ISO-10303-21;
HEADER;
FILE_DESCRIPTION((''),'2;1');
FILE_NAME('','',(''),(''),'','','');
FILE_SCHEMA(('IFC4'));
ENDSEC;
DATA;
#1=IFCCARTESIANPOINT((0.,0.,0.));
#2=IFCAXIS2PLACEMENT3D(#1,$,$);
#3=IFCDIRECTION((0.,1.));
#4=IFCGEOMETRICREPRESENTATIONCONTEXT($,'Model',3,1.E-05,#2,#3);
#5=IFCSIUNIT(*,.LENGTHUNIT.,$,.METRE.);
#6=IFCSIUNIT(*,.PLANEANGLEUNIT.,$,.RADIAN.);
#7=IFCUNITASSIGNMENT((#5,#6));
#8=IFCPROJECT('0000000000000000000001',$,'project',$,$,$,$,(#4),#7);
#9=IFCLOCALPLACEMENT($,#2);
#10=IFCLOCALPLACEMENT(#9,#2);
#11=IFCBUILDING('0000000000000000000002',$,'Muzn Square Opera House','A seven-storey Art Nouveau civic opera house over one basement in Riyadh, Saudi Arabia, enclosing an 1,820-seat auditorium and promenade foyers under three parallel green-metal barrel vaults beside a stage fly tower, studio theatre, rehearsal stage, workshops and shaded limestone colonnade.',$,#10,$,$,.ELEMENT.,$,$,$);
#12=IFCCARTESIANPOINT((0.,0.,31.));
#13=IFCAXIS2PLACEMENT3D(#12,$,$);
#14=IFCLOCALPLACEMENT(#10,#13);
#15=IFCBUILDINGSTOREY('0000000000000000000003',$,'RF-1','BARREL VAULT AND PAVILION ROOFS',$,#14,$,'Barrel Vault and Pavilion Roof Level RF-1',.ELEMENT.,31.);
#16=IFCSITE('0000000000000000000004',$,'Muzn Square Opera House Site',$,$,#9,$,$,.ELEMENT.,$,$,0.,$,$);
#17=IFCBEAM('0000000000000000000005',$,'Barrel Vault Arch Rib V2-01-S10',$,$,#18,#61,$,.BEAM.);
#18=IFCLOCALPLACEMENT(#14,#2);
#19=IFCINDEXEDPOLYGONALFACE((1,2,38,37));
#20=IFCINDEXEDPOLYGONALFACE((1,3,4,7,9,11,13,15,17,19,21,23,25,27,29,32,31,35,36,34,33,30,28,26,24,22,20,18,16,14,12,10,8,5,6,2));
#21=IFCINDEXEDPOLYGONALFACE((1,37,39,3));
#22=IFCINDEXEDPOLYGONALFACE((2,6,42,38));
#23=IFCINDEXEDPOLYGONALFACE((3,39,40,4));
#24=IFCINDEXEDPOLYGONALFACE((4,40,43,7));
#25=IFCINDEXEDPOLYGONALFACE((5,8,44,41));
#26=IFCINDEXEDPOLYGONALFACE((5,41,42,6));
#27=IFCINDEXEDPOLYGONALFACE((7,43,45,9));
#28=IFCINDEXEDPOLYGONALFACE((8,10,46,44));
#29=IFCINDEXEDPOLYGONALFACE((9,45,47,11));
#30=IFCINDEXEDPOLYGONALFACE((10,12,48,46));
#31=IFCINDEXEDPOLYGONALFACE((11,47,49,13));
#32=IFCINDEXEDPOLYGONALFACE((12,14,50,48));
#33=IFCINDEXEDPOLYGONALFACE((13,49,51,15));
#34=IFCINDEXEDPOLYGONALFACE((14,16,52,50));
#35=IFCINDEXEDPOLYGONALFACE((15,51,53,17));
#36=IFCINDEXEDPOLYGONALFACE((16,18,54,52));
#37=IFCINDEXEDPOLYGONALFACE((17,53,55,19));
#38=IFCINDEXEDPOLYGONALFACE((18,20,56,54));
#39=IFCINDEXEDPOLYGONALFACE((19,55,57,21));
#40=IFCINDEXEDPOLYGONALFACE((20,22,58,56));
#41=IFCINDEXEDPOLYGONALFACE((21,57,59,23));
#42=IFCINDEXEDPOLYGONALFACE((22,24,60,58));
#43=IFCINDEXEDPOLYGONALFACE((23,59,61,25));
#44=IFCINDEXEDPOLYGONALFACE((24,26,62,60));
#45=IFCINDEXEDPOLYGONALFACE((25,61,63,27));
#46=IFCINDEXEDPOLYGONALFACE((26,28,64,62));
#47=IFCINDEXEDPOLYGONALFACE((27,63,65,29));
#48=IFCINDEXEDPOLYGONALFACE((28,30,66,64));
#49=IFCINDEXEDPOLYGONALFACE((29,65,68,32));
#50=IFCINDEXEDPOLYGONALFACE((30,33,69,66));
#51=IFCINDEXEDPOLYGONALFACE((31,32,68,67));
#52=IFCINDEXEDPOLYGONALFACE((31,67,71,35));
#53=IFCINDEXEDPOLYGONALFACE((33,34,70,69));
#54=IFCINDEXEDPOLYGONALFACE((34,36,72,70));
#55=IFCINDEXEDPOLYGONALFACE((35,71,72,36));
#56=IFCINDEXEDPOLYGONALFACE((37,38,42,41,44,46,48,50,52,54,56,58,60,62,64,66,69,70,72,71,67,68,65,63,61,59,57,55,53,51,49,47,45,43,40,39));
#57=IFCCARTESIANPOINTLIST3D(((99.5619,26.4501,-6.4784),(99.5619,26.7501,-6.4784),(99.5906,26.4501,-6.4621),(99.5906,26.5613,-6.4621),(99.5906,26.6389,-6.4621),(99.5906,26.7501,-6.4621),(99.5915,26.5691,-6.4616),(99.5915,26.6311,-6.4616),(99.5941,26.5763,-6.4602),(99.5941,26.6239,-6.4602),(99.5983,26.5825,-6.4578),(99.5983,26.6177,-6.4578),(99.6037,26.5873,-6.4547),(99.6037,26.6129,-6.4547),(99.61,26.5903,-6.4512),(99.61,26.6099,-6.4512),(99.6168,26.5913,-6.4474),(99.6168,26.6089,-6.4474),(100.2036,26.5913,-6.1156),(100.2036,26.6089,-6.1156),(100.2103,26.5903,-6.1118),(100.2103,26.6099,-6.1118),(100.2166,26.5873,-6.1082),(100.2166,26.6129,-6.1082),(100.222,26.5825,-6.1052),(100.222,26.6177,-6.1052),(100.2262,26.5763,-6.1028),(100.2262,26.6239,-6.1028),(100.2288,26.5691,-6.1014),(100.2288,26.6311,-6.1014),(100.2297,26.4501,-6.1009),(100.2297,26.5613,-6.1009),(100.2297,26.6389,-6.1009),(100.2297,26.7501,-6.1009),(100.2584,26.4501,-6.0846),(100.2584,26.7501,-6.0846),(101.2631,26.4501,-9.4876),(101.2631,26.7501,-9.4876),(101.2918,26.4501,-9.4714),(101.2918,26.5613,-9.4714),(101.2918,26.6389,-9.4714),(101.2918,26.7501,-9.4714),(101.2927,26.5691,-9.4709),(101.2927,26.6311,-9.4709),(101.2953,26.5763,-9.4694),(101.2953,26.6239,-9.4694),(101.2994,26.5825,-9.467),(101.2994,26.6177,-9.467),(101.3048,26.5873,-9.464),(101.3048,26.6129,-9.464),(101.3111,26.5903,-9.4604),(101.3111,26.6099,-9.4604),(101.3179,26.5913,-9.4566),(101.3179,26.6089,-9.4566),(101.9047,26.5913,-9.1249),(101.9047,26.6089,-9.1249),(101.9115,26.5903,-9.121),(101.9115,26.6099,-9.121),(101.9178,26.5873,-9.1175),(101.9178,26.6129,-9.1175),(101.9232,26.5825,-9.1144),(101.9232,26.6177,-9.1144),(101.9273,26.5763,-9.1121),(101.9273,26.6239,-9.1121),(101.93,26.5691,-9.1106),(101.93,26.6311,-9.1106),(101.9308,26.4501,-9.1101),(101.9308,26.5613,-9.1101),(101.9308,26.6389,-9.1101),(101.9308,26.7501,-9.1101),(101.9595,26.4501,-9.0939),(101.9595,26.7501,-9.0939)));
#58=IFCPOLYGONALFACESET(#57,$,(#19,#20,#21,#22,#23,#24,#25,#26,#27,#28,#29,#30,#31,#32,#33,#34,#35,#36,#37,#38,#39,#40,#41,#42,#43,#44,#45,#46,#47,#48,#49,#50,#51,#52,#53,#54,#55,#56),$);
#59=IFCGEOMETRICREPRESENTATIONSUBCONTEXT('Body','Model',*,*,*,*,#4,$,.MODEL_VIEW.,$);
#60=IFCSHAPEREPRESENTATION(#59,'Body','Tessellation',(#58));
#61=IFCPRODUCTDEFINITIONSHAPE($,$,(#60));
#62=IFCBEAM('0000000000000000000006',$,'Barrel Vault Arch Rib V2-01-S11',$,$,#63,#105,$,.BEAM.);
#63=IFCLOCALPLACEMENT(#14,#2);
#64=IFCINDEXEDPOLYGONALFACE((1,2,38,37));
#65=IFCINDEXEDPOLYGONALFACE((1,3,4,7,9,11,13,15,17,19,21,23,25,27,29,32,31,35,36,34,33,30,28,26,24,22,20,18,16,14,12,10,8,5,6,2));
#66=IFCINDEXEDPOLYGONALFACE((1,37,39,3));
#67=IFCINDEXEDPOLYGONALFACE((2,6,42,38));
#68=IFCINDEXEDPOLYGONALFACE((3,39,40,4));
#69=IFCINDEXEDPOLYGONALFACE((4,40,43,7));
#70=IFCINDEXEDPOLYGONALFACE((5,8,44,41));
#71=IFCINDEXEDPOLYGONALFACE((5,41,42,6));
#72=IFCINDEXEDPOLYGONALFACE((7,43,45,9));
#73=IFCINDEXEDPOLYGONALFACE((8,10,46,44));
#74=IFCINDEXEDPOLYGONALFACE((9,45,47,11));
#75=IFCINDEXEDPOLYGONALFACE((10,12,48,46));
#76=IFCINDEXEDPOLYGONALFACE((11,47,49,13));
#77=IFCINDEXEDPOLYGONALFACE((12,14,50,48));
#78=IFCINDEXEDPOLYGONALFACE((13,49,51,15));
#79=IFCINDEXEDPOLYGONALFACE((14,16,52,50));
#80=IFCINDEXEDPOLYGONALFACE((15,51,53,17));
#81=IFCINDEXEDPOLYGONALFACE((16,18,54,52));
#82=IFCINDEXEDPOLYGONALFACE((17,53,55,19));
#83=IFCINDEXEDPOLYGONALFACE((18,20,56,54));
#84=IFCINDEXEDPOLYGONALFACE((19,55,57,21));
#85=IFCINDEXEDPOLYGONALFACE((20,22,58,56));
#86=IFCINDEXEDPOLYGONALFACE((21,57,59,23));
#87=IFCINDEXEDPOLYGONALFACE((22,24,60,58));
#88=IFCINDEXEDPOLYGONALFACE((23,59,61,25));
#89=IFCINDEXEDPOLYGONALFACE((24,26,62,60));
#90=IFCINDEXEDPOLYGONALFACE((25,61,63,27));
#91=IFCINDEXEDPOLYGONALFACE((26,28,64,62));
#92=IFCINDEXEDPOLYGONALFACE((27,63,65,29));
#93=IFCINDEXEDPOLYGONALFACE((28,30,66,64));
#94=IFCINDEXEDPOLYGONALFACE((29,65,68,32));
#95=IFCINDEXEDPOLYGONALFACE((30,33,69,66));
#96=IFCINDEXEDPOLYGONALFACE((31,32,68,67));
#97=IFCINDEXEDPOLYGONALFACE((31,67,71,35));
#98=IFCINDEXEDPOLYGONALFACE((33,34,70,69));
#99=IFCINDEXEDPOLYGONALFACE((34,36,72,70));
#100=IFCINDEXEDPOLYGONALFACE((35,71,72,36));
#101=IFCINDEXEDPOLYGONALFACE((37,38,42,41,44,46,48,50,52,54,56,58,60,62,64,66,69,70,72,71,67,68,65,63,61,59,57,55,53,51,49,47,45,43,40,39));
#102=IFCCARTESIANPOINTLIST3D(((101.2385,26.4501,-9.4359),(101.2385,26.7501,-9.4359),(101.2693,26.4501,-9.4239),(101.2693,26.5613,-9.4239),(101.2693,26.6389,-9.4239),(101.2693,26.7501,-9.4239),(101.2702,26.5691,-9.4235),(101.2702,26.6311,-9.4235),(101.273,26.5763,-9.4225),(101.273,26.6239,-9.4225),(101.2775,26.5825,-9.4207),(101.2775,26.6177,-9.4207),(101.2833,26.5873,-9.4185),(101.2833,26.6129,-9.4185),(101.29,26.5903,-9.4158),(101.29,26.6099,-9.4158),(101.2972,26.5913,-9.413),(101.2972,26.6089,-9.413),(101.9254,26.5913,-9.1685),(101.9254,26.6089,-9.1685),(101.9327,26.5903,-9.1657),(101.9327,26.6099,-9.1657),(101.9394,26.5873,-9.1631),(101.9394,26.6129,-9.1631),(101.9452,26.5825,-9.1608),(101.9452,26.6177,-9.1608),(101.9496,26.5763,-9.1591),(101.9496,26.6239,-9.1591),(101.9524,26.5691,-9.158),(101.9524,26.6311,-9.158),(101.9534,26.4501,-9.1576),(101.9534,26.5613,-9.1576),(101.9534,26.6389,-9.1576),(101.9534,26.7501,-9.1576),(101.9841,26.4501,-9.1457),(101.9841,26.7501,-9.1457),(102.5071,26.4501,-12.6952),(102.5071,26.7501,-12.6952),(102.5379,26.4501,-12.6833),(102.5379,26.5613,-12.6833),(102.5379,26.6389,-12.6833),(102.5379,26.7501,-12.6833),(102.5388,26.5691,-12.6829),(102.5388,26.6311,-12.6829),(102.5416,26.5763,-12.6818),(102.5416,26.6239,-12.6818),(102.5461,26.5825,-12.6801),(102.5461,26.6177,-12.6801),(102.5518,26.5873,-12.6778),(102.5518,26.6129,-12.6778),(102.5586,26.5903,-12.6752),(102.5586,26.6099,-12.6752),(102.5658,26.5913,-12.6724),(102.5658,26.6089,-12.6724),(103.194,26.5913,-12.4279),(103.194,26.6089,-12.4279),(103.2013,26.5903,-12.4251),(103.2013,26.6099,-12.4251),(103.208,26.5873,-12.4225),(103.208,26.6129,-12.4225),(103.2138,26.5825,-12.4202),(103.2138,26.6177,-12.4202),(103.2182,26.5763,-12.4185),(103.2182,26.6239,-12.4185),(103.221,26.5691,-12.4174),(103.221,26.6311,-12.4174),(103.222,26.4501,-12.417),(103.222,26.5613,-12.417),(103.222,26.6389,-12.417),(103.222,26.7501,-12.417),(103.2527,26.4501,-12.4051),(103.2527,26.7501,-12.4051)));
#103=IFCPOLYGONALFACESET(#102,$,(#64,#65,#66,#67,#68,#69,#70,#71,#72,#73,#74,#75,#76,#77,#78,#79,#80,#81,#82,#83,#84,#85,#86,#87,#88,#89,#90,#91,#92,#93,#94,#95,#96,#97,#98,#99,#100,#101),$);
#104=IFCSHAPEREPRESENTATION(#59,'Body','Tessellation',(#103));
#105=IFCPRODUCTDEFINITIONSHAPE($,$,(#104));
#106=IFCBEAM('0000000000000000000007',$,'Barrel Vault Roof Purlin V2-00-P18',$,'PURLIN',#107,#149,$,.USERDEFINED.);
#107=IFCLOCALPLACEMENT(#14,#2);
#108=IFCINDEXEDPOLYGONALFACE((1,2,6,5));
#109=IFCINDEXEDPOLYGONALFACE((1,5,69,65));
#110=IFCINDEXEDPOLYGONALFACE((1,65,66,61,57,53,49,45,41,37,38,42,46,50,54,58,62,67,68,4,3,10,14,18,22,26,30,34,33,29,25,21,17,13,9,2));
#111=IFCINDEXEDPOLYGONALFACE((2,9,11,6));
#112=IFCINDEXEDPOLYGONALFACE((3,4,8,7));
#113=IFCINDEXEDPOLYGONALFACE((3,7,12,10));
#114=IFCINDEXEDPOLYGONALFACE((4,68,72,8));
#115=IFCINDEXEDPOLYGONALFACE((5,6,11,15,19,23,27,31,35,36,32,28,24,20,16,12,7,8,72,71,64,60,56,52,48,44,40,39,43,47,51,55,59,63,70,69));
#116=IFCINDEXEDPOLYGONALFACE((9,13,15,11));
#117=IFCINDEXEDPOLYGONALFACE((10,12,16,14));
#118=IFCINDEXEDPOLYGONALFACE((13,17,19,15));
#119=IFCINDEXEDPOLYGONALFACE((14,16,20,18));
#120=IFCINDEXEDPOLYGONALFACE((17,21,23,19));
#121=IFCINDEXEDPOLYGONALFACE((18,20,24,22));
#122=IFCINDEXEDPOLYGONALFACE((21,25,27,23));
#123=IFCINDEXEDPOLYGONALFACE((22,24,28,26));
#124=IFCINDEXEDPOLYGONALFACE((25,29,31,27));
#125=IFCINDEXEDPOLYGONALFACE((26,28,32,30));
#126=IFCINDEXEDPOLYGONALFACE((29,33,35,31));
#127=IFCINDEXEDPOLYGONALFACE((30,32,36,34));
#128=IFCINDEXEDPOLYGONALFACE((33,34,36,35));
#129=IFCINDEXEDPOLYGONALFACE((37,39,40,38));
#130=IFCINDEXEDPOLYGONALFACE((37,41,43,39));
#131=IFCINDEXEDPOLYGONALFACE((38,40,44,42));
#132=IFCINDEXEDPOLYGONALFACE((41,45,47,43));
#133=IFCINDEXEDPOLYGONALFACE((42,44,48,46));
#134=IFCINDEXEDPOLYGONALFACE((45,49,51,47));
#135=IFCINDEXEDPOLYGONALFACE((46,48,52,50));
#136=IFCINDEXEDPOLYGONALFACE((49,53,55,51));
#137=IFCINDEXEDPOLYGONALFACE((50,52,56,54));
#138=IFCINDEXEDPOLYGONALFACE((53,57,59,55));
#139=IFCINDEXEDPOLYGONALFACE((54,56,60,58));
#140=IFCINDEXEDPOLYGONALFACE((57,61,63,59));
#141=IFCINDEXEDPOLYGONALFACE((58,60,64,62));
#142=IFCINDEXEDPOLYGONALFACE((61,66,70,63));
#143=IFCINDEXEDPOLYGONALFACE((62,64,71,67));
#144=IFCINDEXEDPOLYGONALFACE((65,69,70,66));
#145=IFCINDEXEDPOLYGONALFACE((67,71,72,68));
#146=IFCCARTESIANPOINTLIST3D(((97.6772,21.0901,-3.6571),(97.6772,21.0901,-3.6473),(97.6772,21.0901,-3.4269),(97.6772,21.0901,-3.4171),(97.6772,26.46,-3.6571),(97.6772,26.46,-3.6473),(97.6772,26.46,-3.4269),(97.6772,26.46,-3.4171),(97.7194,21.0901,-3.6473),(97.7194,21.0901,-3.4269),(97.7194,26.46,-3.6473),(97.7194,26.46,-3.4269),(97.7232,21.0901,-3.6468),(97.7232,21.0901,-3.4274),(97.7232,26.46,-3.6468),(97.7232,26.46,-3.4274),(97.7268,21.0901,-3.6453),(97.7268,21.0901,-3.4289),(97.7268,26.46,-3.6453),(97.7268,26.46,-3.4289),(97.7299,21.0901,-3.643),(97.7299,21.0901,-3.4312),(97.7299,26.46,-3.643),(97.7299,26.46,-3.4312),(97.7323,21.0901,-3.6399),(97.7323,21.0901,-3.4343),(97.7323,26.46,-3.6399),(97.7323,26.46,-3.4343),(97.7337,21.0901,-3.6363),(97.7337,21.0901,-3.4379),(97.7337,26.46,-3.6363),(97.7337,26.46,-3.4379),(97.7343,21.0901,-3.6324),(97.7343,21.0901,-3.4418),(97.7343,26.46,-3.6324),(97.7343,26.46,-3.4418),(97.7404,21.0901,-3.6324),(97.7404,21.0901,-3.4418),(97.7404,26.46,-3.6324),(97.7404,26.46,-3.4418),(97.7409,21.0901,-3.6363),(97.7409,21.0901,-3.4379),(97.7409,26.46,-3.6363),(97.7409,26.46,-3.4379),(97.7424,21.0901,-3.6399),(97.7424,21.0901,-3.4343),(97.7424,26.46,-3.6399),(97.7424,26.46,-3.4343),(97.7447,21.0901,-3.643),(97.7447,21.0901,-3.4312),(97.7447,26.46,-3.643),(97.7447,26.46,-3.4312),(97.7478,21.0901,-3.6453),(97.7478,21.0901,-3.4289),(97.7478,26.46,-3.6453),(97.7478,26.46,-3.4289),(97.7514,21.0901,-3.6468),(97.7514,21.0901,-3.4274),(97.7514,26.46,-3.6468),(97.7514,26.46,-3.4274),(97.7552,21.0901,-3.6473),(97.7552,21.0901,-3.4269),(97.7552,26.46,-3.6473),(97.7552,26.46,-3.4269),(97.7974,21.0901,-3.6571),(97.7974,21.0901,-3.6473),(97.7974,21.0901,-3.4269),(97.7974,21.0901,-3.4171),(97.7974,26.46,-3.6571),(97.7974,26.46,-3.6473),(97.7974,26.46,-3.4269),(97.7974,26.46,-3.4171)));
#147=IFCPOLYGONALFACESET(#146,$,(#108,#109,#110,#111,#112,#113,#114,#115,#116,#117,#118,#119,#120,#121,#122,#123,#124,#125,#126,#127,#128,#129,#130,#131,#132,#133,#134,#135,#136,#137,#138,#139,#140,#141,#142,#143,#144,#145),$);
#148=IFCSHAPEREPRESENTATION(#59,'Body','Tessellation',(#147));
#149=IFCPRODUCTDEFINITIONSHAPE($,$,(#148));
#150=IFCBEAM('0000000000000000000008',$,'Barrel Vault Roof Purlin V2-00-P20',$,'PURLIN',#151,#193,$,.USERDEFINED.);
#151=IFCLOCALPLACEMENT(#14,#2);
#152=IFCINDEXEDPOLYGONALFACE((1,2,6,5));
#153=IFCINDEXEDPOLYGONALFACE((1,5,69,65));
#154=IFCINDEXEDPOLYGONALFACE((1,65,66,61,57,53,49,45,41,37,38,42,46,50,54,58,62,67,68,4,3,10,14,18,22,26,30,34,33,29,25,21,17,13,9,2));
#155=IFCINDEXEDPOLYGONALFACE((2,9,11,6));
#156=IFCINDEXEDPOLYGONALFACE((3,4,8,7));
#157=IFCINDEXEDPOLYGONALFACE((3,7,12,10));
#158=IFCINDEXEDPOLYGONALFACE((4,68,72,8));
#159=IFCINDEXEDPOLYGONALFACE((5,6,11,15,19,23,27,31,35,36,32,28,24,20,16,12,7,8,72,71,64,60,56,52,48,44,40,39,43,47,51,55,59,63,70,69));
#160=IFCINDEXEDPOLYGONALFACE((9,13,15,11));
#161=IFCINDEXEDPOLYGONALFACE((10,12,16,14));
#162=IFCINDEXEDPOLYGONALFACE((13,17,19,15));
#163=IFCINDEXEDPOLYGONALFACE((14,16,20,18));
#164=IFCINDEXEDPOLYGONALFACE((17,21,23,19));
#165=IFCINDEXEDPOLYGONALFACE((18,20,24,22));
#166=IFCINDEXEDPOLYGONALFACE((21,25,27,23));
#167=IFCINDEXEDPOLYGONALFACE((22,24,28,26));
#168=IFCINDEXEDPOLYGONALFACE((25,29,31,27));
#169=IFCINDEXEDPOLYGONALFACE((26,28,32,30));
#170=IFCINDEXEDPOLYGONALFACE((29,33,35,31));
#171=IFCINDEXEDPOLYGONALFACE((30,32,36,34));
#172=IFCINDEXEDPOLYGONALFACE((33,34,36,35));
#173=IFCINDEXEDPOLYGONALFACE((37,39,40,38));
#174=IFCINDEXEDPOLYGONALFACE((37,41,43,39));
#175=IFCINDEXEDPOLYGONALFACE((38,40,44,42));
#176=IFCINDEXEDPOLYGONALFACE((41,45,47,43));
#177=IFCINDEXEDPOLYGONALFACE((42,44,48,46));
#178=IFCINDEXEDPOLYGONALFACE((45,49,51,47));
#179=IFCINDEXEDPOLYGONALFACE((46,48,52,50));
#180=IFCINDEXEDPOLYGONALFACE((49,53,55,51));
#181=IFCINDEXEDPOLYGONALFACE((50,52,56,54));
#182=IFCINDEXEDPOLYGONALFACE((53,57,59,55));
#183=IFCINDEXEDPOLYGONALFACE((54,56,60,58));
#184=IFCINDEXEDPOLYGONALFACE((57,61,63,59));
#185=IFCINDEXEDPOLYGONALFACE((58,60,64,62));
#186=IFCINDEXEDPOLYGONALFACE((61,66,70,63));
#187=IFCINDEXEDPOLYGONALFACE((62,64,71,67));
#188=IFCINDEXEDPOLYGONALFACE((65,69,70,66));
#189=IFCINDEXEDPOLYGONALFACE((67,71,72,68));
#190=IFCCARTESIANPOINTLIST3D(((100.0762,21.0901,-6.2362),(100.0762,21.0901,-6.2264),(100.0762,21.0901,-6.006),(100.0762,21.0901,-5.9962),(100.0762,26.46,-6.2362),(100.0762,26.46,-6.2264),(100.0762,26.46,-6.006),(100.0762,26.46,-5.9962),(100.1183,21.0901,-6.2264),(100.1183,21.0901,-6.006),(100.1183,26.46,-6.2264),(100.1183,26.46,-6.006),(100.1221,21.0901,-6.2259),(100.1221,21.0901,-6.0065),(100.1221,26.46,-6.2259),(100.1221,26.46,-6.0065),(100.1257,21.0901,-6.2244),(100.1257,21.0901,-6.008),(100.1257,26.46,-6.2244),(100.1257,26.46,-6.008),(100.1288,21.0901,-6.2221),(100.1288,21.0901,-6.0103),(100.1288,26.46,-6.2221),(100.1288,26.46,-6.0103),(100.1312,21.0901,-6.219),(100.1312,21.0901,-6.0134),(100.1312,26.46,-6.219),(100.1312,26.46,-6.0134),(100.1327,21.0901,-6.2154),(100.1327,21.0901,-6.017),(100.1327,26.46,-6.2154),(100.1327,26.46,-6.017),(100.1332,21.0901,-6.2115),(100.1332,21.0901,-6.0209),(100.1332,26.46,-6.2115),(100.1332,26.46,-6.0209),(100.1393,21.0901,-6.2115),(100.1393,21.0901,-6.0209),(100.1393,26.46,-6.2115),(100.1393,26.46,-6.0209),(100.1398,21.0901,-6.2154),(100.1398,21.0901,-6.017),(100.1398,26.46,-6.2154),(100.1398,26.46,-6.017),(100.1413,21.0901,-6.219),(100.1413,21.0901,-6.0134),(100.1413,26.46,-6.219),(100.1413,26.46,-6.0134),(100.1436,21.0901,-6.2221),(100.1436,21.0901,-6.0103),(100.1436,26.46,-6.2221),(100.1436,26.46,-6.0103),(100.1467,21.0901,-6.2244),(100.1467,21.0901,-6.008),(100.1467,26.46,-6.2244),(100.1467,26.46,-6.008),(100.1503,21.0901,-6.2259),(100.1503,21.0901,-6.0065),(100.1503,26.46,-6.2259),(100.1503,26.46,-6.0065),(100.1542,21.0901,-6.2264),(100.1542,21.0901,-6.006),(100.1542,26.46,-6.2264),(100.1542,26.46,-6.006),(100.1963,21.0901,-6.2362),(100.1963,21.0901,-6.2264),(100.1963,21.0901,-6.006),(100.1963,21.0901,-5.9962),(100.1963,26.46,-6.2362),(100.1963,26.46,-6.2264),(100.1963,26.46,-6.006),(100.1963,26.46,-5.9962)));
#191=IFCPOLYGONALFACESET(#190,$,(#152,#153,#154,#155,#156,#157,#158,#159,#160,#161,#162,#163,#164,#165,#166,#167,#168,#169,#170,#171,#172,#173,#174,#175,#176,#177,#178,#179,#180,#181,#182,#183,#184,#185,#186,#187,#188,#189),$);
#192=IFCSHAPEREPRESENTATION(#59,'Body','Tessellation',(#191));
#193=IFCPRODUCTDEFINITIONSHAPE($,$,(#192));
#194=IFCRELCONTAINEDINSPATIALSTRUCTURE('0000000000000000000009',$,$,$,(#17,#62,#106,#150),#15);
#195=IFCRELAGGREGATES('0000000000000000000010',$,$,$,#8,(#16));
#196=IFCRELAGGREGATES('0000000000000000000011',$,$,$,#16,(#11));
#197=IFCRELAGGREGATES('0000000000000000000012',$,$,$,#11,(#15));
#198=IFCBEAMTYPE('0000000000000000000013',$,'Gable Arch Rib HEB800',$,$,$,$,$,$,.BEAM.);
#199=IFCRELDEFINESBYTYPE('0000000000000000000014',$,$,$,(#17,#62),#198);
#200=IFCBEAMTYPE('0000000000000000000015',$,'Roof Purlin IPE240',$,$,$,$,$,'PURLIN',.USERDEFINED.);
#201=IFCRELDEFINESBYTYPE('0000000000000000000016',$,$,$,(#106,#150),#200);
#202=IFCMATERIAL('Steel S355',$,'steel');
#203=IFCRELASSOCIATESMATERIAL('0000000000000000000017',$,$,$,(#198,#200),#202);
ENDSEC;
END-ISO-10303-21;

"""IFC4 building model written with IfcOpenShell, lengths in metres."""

from ifc_helpers import new_model, si_unit, direction, frame, origin, origin_2d, place, context, subcontext, project, spatial, i_section, extrude, material, material_profile, profile_set, type_object, element, save


model = new_model("IFC4")

# Units and contexts
model_context = context("Model", 3, precision=1e-05, world=origin(), true_north=direction((0.0, 1.0)))
body_context = subcontext(model_context, "Body", "Model", "MODEL_VIEW")
ifc_project = project(units=[si_unit("LENGTHUNIT", "METRE"), si_unit("PLANEANGLEUNIT", "RADIAN")], contexts=[model_context])

# Site, building, storey
site_placement = place(None, origin())
site = spatial("IfcSite", under=ifc_project, at=site_placement, Name="Muzn Square Opera House Site", CompositionType="ELEMENT", RefElevation=0.0)
building_placement = place(site_placement, origin())
building = spatial("IfcBuilding", under=site, at=building_placement, Name="Muzn Square Opera House", Description="A seven-storey Art Nouveau civic opera house over one basement in Riyadh, Saudi Arabia, enclosing an 1,820-seat auditorium and promenade foyers under three parallel green-metal barrel vaults beside a stage fly tower, studio theatre, rehearsal stage, workshops and shaded limestone colonnade.", CompositionType="ELEMENT")
storey_placement = place(building_placement, frame((0.0, 0.0, 31.0)))
storey = spatial("IfcBuildingStorey", under=building, at=storey_placement, Name="RF-1", Description="BARREL VAULT AND PAVILION ROOFS", LongName="Barrel Vault and Pavilion Roof Level RF-1", CompositionType="ELEMENT", Elevation=31.0)

# Beams
ifc_material_1 = material(Name="Steel S355", Category="steel")
ifc_material_profile_1 = material_profile(ifc_material_1, i_section(OverallWidth=0.3, OverallDepth=0.8, WebThickness=0.0176, FlangeThickness=0.033, FilletRadius=0.03, at=origin_2d()), Name="HEB 800", Category="steel")
ifc_profile_set_1 = profile_set([ifc_material_profile_1], Name="Steel S355")
beam_type_1 = type_object("IfcBeamType", Name="Gable Arch Rib HEB800", PredefinedType="BEAM", material=ifc_profile_set_1)
beam_1_placement = place(storey_placement, frame((99.9102, 26.6001, -6.2815), z_axis=(0.492118, 0.0, -0.870529), x_axis=(0.0, 1.0, 0.0)))
element("IfcBeam", 1, at=beam_1_placement, inside=storey, type_object=beam_type_1, Name="Barrel Vault Arch Rib V2-01-S10", PredefinedType="BEAM", context=body_context, shape_type="SweptSolid", body=[
    extrude(i_section(OverallWidth=0.3, OverallDepth=0.8, WebThickness=0.0176, FlangeThickness=0.033, FilletRadius=0.03, at=origin_2d()), origin(), (0.0, 0.0, 1.0), 3.4568),
])
beam_2_placement = place(storey_placement, frame((101.6113, 26.6001, -9.2908), z_axis=(0.362709, 0.0, -0.931902), x_axis=(0.0, 1.0, 0.0)))
element("IfcBeam", 2, at=beam_2_placement, inside=storey, type_object=beam_type_1, Name="Barrel Vault Arch Rib V2-01-S11", PredefinedType="BEAM", context=body_context, shape_type="SweptSolid", body=[
    extrude(i_section(OverallWidth=0.3, OverallDepth=0.8, WebThickness=0.0176, FlangeThickness=0.033, FilletRadius=0.03, at=origin_2d()), origin(), (0.0, 0.0, 1.0), 3.4976),
])
ifc_material_profile_2 = material_profile(ifc_material_1, i_section(OverallWidth=0.1201, OverallDepth=0.24, WebThickness=0.0061, FlangeThickness=0.0098, FilletRadius=0.0149, at=origin_2d()), Name="IPE 240", Category="steel")
ifc_profile_set_2 = profile_set([ifc_material_profile_2], Name="Steel S355")
beam_type_2 = type_object("IfcBeamType", Name="Roof Purlin IPE240", ElementType="PURLIN", PredefinedType="USERDEFINED", material=ifc_profile_set_2)
for number, where, z_axis, x_axis, name in (
    (3, (97.7373, 21.0901, -3.5371), (0.0, 1.0, 0.0), (-1.0, 0.0, 0.0), "Barrel Vault Roof Purlin V2-00-P18"),
    (4, (100.1362, 21.0901, -6.1162), (0.0, 1.0, 0.0), (-1.0, 0.0, 0.0), "Barrel Vault Roof Purlin V2-00-P20"),
):
    element("IfcBeam", number, at=place(storey_placement, frame(where, z_axis=z_axis, x_axis=x_axis)), inside=storey, type_object=beam_type_2, Name=name, ObjectType="PURLIN", PredefinedType="USERDEFINED", context=body_context, shape_type="SweptSolid", body=[
        extrude(i_section(OverallWidth=0.1201, OverallDepth=0.24, WebThickness=0.0061, FlangeThickness=0.0098, FilletRadius=0.0149, at=origin_2d()), origin(), (0.0, 0.0, 1.0), 5.3699),
    ])

save(model, "model.ifc")
